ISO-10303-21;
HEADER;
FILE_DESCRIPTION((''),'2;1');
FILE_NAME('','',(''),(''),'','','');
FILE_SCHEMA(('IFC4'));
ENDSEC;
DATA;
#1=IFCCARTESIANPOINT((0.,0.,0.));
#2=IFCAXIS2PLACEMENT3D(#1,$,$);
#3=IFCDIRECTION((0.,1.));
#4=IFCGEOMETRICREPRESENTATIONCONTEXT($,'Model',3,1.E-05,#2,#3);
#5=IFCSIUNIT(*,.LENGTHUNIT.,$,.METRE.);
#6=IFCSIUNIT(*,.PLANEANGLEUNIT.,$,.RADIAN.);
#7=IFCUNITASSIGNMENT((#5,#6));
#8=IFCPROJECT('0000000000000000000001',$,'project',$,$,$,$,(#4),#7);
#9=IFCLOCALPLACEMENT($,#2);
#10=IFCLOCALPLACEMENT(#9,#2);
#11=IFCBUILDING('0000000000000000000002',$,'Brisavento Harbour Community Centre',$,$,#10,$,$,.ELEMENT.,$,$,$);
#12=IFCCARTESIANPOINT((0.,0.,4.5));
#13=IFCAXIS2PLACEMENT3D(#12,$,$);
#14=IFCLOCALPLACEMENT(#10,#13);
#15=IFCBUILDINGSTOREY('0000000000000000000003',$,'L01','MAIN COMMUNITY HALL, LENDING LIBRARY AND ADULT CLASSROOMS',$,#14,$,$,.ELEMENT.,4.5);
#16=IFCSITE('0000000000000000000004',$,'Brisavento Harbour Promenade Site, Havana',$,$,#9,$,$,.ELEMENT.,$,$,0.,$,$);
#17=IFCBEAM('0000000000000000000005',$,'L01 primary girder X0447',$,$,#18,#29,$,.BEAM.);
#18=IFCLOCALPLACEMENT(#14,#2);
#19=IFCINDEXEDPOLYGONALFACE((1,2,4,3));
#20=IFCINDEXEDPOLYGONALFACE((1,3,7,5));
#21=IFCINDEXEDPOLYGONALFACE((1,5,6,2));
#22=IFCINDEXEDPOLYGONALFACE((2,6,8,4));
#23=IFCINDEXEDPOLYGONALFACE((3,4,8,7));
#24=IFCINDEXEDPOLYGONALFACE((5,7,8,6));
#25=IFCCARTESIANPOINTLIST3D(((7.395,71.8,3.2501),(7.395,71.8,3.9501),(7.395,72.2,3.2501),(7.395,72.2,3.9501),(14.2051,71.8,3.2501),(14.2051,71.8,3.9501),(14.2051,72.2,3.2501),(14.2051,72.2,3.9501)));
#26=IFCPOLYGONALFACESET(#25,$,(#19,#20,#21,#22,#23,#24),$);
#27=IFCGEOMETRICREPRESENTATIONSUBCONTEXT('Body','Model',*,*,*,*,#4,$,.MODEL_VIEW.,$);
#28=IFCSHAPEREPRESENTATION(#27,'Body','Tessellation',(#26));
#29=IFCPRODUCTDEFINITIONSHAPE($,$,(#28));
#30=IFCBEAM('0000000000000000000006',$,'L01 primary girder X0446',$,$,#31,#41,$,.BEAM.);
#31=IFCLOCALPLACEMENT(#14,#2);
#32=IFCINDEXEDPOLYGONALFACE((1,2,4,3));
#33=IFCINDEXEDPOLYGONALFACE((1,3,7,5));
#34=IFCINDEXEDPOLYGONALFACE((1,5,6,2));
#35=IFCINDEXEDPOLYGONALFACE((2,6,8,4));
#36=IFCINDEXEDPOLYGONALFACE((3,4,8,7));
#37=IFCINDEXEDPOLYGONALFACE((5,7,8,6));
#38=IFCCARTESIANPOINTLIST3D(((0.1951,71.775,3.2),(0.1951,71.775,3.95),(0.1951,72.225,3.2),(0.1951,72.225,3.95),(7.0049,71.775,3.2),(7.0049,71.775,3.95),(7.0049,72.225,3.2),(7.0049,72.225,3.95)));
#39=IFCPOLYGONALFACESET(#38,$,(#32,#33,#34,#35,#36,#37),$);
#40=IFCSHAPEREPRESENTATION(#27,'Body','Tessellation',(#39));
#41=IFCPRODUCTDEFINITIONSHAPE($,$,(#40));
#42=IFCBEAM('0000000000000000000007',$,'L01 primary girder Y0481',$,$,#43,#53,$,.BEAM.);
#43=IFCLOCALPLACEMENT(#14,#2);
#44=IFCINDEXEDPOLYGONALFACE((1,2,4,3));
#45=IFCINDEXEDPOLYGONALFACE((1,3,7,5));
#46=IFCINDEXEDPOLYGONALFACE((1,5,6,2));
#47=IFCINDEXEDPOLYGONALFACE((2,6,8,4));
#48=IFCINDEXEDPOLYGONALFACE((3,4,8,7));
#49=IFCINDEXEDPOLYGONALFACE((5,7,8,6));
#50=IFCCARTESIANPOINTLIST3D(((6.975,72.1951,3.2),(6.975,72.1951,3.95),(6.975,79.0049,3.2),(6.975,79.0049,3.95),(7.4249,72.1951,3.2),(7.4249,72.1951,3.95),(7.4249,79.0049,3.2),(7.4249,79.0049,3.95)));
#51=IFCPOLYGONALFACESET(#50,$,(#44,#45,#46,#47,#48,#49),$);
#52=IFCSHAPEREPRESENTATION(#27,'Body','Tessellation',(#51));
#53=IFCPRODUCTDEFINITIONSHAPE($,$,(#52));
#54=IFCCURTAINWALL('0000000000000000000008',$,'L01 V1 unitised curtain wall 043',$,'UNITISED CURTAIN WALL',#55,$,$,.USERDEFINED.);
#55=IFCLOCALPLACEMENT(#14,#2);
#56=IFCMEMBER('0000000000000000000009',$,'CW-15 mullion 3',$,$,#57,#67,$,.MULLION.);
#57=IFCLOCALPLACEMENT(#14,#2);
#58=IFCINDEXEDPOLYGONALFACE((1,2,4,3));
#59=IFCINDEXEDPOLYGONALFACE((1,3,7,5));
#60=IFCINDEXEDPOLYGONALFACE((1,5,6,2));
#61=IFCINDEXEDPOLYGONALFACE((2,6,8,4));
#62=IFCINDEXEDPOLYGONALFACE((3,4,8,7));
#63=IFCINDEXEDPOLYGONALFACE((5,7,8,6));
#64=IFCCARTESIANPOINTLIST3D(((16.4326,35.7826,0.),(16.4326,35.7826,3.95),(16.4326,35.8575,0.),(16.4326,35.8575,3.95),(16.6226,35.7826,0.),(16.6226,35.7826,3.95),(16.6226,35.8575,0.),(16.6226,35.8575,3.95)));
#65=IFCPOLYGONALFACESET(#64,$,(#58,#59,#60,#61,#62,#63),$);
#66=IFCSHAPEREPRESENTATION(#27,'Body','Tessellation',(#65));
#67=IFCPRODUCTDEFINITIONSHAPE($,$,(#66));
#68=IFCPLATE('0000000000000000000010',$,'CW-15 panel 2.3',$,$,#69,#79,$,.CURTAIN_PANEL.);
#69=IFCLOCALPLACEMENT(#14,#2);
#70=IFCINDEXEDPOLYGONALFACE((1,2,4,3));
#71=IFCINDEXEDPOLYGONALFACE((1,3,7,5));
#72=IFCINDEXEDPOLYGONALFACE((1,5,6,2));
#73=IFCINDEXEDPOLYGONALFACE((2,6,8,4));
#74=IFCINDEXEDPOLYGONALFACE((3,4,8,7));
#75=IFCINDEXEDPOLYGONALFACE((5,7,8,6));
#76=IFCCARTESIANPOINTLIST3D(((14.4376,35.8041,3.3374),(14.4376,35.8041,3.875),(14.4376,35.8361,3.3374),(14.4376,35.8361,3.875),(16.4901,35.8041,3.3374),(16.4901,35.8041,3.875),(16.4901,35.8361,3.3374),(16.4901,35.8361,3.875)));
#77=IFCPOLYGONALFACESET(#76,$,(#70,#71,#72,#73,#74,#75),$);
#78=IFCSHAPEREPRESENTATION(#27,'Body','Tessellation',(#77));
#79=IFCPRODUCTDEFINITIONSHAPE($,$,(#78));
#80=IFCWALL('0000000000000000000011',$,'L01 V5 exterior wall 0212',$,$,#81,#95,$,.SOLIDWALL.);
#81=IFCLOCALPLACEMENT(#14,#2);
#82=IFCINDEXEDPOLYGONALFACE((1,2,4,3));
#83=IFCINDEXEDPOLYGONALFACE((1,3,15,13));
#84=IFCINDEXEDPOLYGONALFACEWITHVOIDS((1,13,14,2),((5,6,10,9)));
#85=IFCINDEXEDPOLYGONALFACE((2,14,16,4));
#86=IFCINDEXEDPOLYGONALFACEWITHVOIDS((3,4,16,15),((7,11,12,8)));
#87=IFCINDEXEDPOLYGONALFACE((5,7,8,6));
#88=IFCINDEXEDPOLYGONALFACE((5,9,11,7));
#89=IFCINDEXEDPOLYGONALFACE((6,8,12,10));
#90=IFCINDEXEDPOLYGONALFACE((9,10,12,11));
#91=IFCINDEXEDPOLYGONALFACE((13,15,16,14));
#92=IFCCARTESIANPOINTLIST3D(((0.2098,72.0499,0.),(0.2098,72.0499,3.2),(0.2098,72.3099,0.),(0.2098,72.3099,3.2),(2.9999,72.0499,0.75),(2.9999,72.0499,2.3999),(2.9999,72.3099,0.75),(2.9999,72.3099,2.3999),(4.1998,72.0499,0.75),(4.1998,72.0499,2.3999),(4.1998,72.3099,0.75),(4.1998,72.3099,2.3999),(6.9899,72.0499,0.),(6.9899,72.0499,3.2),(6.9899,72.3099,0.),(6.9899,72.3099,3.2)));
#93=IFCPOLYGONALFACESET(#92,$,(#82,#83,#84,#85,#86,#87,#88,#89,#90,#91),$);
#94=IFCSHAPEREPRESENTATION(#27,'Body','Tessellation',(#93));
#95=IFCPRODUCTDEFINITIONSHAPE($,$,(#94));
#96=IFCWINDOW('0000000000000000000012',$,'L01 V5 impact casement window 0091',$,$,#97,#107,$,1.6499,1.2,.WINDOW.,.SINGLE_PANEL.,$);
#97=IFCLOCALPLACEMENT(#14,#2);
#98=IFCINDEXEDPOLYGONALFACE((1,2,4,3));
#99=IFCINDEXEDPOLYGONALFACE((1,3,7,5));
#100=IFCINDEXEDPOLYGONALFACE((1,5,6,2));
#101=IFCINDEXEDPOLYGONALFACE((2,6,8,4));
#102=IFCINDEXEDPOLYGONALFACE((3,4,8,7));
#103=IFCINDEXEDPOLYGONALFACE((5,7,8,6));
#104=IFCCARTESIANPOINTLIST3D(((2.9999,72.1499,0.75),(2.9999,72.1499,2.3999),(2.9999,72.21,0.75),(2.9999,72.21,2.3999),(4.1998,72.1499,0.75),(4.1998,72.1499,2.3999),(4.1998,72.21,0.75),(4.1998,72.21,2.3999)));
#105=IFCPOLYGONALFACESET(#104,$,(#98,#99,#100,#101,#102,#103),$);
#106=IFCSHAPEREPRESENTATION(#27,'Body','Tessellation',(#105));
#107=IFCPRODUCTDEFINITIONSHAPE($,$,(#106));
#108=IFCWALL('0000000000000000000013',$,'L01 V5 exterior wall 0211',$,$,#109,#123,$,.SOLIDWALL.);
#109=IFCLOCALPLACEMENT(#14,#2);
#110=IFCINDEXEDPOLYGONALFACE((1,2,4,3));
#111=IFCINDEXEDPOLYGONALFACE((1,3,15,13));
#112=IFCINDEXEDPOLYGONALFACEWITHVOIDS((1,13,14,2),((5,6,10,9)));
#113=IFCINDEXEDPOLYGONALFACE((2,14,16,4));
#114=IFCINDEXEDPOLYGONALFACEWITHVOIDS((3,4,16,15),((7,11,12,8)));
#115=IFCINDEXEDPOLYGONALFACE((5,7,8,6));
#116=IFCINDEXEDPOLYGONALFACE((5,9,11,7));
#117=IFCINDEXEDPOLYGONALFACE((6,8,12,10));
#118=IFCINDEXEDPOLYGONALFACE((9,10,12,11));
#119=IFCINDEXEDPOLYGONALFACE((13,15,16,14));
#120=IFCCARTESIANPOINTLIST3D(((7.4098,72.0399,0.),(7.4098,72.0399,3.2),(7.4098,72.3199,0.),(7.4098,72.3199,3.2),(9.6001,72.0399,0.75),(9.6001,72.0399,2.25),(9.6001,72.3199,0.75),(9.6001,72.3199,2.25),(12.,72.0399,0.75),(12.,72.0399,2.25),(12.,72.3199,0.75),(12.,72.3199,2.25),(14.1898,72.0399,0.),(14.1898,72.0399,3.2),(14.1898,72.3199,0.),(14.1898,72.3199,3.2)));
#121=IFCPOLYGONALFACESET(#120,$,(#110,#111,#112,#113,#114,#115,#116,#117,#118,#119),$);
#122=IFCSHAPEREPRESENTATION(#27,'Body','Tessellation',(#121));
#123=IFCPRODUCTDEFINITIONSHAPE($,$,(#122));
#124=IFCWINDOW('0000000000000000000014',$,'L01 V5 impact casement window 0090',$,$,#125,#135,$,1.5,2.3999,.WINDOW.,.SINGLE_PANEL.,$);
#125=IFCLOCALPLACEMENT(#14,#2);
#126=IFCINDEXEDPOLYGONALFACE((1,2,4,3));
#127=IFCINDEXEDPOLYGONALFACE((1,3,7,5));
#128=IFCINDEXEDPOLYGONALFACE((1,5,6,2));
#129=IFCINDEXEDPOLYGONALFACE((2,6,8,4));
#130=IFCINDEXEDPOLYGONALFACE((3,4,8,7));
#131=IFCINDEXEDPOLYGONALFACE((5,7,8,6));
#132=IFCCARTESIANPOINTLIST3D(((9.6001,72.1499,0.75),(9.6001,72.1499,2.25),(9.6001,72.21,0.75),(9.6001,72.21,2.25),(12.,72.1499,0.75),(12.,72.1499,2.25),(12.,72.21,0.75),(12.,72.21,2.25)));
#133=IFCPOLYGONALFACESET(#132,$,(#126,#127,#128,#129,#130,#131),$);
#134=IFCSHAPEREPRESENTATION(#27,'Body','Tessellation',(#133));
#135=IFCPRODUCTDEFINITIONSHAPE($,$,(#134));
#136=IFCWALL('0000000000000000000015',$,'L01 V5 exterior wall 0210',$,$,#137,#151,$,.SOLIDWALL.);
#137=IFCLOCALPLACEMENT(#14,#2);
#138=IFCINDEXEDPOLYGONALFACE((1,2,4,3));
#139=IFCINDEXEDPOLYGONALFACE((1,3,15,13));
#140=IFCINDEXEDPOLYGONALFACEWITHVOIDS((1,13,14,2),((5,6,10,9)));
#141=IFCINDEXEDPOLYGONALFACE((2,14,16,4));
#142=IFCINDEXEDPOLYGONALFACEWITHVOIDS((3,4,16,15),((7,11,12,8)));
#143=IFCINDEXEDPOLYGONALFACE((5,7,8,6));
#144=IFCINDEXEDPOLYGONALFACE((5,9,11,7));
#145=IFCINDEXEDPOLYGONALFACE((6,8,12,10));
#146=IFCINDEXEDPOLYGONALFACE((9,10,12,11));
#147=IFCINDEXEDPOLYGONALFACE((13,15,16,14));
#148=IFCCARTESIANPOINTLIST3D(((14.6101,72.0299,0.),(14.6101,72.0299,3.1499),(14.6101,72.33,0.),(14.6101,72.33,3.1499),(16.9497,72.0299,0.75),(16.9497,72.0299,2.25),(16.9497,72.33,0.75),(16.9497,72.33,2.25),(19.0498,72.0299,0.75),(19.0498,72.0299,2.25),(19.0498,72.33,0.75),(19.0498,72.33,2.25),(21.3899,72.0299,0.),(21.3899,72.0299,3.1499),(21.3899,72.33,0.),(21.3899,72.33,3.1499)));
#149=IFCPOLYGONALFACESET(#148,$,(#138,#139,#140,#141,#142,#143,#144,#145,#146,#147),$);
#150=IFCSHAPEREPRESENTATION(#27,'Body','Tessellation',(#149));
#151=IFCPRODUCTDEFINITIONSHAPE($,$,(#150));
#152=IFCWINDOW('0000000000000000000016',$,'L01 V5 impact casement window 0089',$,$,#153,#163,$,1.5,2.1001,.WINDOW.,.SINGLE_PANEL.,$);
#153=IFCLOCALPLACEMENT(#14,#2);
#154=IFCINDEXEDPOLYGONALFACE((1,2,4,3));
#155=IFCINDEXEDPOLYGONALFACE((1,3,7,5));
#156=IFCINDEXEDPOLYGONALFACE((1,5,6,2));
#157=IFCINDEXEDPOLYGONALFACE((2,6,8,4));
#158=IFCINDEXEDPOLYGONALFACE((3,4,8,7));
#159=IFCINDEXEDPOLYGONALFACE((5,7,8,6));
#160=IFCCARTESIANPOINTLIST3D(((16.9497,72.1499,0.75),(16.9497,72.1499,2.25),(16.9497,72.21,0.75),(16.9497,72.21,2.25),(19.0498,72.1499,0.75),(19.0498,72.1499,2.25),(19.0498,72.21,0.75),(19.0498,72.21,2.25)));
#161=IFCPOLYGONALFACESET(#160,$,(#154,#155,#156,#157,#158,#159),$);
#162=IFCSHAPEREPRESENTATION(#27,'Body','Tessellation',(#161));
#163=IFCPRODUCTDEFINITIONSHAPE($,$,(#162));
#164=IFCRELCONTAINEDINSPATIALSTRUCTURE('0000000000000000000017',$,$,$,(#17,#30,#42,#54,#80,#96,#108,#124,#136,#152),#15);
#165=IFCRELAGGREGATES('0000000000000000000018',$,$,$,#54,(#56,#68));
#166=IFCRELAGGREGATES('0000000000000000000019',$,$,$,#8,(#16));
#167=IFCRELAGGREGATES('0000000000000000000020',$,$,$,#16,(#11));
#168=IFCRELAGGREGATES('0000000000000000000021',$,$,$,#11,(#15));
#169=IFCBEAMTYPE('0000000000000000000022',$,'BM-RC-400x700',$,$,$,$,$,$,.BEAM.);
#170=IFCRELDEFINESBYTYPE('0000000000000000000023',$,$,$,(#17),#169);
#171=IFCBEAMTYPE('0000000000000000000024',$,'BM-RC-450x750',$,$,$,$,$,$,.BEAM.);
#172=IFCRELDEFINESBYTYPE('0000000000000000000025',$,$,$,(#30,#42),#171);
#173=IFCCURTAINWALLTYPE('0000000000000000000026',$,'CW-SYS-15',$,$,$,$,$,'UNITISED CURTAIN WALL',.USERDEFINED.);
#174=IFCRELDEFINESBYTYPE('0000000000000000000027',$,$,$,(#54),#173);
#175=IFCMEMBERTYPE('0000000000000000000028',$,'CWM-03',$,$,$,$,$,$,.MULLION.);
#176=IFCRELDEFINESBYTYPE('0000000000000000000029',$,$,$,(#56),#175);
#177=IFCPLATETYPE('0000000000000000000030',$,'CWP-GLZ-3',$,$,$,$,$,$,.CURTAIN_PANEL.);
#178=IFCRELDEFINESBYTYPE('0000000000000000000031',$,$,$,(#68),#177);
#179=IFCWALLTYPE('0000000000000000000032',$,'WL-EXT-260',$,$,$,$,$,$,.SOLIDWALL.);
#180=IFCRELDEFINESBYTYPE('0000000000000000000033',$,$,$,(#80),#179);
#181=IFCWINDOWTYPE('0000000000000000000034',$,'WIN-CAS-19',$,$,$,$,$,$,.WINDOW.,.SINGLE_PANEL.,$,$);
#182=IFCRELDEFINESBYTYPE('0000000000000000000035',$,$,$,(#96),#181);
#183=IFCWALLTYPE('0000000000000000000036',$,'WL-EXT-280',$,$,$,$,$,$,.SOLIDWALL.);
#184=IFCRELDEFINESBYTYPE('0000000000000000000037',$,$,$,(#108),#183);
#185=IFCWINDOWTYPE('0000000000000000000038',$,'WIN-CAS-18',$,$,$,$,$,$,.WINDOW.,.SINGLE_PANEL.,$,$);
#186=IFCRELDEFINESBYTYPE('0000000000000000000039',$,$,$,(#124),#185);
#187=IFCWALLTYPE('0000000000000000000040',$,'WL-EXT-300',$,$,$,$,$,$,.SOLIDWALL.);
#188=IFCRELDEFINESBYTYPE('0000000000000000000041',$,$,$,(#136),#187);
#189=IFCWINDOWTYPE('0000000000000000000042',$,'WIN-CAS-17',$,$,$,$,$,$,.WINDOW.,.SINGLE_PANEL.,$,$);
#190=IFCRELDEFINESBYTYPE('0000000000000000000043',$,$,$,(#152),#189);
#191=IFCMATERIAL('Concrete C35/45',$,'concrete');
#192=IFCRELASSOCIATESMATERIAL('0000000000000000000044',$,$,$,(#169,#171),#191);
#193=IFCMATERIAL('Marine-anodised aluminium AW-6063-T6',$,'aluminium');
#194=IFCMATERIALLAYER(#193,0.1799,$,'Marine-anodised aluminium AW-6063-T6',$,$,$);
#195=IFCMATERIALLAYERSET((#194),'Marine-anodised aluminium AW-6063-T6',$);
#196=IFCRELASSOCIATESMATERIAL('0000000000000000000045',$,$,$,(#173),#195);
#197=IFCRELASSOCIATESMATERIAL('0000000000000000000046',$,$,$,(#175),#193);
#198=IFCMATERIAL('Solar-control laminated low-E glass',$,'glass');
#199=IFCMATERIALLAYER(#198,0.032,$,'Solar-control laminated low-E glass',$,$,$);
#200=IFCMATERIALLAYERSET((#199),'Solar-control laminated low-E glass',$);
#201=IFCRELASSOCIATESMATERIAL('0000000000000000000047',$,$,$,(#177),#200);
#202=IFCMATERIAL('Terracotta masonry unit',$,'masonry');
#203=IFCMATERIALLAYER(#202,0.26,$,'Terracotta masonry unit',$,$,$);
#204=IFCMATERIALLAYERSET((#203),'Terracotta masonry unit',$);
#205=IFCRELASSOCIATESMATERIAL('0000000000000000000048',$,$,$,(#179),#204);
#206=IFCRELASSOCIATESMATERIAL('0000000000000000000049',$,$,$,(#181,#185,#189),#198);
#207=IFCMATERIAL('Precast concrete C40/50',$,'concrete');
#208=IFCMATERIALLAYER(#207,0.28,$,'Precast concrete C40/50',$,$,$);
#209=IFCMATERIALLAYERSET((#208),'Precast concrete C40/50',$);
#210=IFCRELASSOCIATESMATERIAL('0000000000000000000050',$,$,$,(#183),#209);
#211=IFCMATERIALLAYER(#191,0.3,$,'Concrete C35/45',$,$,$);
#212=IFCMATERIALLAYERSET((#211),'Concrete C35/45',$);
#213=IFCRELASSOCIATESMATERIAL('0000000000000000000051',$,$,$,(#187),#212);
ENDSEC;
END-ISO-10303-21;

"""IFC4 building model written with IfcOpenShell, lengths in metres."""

from ifc_helpers import new_model, si_unit, direction, frame, frame_2d, origin, origin_2d, place, context, subcontext, project, spatial, rectangle, extrude, material, layer, layer_set, material_profile, profile_set, type_object, element, fill, aggregate, save


model = new_model("IFC4")

# Units and contexts
model_context = context("Model", 3, precision=1e-05, world=origin(), true_north=direction((0.0, 1.0)))
body_context = subcontext(model_context, "Body", "Model", "MODEL_VIEW")
ifc_project = project(units=[si_unit("LENGTHUNIT", "METRE"), si_unit("PLANEANGLEUNIT", "RADIAN")], contexts=[model_context])

# Site, building, storey
site_placement = place(None, origin())
site = spatial("IfcSite", under=ifc_project, at=site_placement, Name="Brisavento Harbour Promenade Site, Havana", CompositionType="ELEMENT", RefElevation=0.0)
building_placement = place(site_placement, origin())
building = spatial("IfcBuilding", under=site, at=building_placement, Name="Brisavento Harbour Community Centre", CompositionType="ELEMENT")
storey_placement = place(building_placement, frame((0.0, 0.0, 4.5)))
storey = spatial("IfcBuildingStorey", under=building, at=storey_placement, Name="L01", Description="MAIN COMMUNITY HALL, LENDING LIBRARY AND ADULT CLASSROOMS", CompositionType="ELEMENT", Elevation=4.5)

# Shared definitions
ifc_material_1 = material(Name="Concrete C35/45", Category="concrete")

# Beams
ifc_material_profile_1 = material_profile(ifc_material_1, rectangle(XDim=0.3999, YDim=0.7, at=origin_2d()), Name="Concrete C35/45")
ifc_profile_set_1 = profile_set([ifc_material_profile_1], Name="Concrete C35/45")
beam_type_1 = type_object("IfcBeamType", Name="BM-RC-400x700", PredefinedType="BEAM", material=ifc_profile_set_1)
beam_1_placement = place(storey_placement, frame((7.395, 72.0, 3.6001), z_axis=(1.0, 0.0, 0.0), x_axis=(0.0, 1.0, 0.0)))
element("IfcBeam", 1, at=beam_1_placement, inside=storey, type_object=beam_type_1, Name="L01 primary girder X0447", PredefinedType="BEAM", context=body_context, shape_type="SweptSolid", body=[
    extrude(rectangle(XDim=0.3999, YDim=0.7, at=origin_2d()), origin(), (0.0, 0.0, 1.0), 6.8101),
])
ifc_material_profile_2 = material_profile(ifc_material_1, rectangle(XDim=0.45, YDim=0.75, at=origin_2d()), Name="Concrete C35/45")
ifc_profile_set_2 = profile_set([ifc_material_profile_2], Name="Concrete C35/45")
beam_type_2 = type_object("IfcBeamType", Name="BM-RC-450x750", PredefinedType="BEAM", material=ifc_profile_set_2)
for number, where, z_axis, x_axis, name in (
    (2, (0.1951, 72.0, 3.575), (1.0, 0.0, 0.0), (0.0, 1.0, 0.0), "L01 primary girder X0446"),
    (3, (7.2, 72.1951, 3.575), (0.0, 1.0, 0.0), (-1.0, 0.0, 0.0), "L01 primary girder Y0481"),
):
    element("IfcBeam", number, at=place(storey_placement, frame(where, z_axis=z_axis, x_axis=x_axis)), inside=storey, type_object=beam_type_2, Name=name, PredefinedType="BEAM", context=body_context, shape_type="SweptSolid", body=[
        extrude(rectangle(XDim=0.45, YDim=0.75, at=origin_2d()), origin(), (0.0, 0.0, 1.0), 6.8098),
    ])

# Curtain wall, member, plate
ifc_material_2 = material(Name="Marine-anodised aluminium AW-6063-T6", Category="aluminium")
ifc_layer_1 = layer(ifc_material_2, 0.1799, Name="Marine-anodised aluminium AW-6063-T6")
ifc_layer_set_1 = layer_set([ifc_layer_1], Name="Marine-anodised aluminium AW-6063-T6")
curtain_wall_type = type_object("IfcCurtainWallType", Name="CW-SYS-15", ElementType="UNITISED CURTAIN WALL", PredefinedType="USERDEFINED", material=ifc_layer_set_1)
curtain_wall_placement = place(storey_placement, origin())
curtain_wall = element("IfcCurtainWall", 4, at=curtain_wall_placement, inside=storey, type_object=curtain_wall_type, Name="L01 V1 unitised curtain wall 043", ObjectType="UNITISED CURTAIN WALL", PredefinedType="USERDEFINED")
ifc_material_profile_3 = material_profile(ifc_material_2, rectangle(XDim=0.075, YDim=0.1899, at=origin_2d()), Name="Marine-anodised aluminium AW-6063-T6")
ifc_profile_set_3 = profile_set([ifc_material_profile_3], Name="Marine-anodised aluminium AW-6063-T6")
member_type = type_object("IfcMemberType", Name="CWM-03", PredefinedType="MULLION", material=ifc_profile_set_3)
member_placement = place(storey_placement, frame((16.5276, 35.8201, 0.0), z_axis=(0.0, 0.0, 1.0), x_axis=(0.0, 1.0, 0.0)))
member = element("IfcMember", 5, at=member_placement, type_object=member_type, Name="CW-15 mullion 3", PredefinedType="MULLION", context=body_context, shape_type="SweptSolid", body=[
    extrude(rectangle(XDim=0.075, YDim=0.1899, at=origin_2d()), origin(), (0.0, 0.0, 1.0), 3.95),
])
ifc_material_3 = material(Name="Solar-control laminated low-E glass", Category="glass")
ifc_layer_2 = layer(ifc_material_3, 0.032, Name="Solar-control laminated low-E glass")
ifc_layer_set_2 = layer_set([ifc_layer_2], Name="Solar-control laminated low-E glass")
plate_type = type_object("IfcPlateType", Name="CWP-GLZ-3", PredefinedType="CURTAIN_PANEL", material=ifc_layer_set_2)
plate_placement = place(storey_placement, frame((15.4639, 35.8201, 3.3374), z_axis=(0.0, 0.0, 1.0), x_axis=(1.0, 0.0, 0.0)))
plate = element("IfcPlate", 6, at=plate_placement, type_object=plate_type, Name="CW-15 panel 2.3", PredefinedType="CURTAIN_PANEL", context=body_context, shape_type="SweptSolid", body=[
    extrude(rectangle(XDim=2.0525, YDim=0.032, at=origin_2d()), origin(), (0.0, 0.0, 1.0), 0.5376),
])
aggregate(curtain_wall, [member, plate])

# Walls, openings, windows
ifc_material_4 = material(Name="Terracotta masonry unit", Category="masonry")
ifc_layer_3 = layer(ifc_material_4, 0.26, Name="Terracotta masonry unit")
ifc_layer_set_3 = layer_set([ifc_layer_3], Name="Terracotta masonry unit")
wall_type_1 = type_object("IfcWallType", Name="WL-EXT-260", PredefinedType="SOLIDWALL", material=ifc_layer_set_3)
wall_1_placement = place(storey_placement, frame((6.99, 72.1799, 0.0), z_axis=(0.0, 0.0, 1.0), x_axis=(-1.0, 0.0, 0.0)))
wall_1 = element("IfcWall", 7, at=wall_1_placement, inside=storey, type_object=wall_type_1, Name="L01 V5 exterior wall 0212", PredefinedType="SOLIDWALL", context=body_context, shape_type="SweptSolid", body=[
    extrude(rectangle(XDim=6.78, YDim=0.26, at=frame_2d((3.3901, 0.0))), origin(), (0.0, 0.0, 1.0), 3.2),
])
opening_1_placement = place(wall_1_placement, frame((2.79, 0.0, 0.75)))
opening_1 = element("IfcOpeningElement", 8, at=opening_1_placement, cuts=wall_1, PredefinedType="OPENING", context=body_context, shape_type="SweptSolid", body=[
    extrude(rectangle(XDim=1.2, YDim=1.6499, at=frame_2d((0.6001, 0.825))), frame((0.0, 0.1401, 0.0), z_axis=(0.0, -1.0, 0.0), x_axis=(1.0, 0.0, 0.0)), (0.0, 0.0, 1.0), 0.28),
])
window_type_1 = type_object("IfcWindowType", Name="WIN-CAS-19", PartitioningType="SINGLE_PANEL", PredefinedType="WINDOW", material=ifc_material_3)
window_1_placement = place(opening_1_placement, origin())
window_1 = element("IfcWindow", 9, at=window_1_placement, inside=storey, type_object=window_type_1, Name="L01 V5 impact casement window 0091", OverallHeight=1.6499, OverallWidth=1.2, PartitioningType="SINGLE_PANEL", PredefinedType="WINDOW", context=body_context, shape_type="SweptSolid", body=[
    extrude(rectangle(XDim=1.2, YDim=1.6499, at=frame_2d((0.6001, 0.825))), frame((0.0, 0.03, 0.0), z_axis=(0.0, -1.0, 0.0), x_axis=(1.0, 0.0, 0.0)), (0.0, 0.0, 1.0), 0.0601),
])
fill(opening_1, window_1)
ifc_material_5 = material(Name="Precast concrete C40/50", Category="concrete")
ifc_layer_4 = layer(ifc_material_5, 0.28, Name="Precast concrete C40/50")
ifc_layer_set_4 = layer_set([ifc_layer_4], Name="Precast concrete C40/50")
wall_type_2 = type_object("IfcWallType", Name="WL-EXT-280", PredefinedType="SOLIDWALL", material=ifc_layer_set_4)
wall_2_placement = place(storey_placement, frame((14.1899, 72.1799, 0.0), z_axis=(0.0, 0.0, 1.0), x_axis=(-1.0, 0.0, 0.0)))
wall_2 = element("IfcWall", 10, at=wall_2_placement, inside=storey, type_object=wall_type_2, Name="L01 V5 exterior wall 0211", PredefinedType="SOLIDWALL", context=body_context, shape_type="SweptSolid", body=[
    extrude(rectangle(XDim=6.78, YDim=0.28, at=frame_2d((3.3901, 0.0))), origin(), (0.0, 0.0, 1.0), 3.2),
])
opening_2_placement = place(wall_2_placement, frame((2.1899, 0.0, 0.75)))
opening_2 = element("IfcOpeningElement", 11, at=opening_2_placement, cuts=wall_2, PredefinedType="OPENING", context=body_context, shape_type="SweptSolid", body=[
    extrude(rectangle(XDim=2.3999, YDim=1.5, at=frame_2d((1.2, 0.75))), frame((0.0, 0.1499, 0.0), z_axis=(0.0, -1.0, 0.0), x_axis=(1.0, 0.0, 0.0)), (0.0, 0.0, 1.0), 0.3),
])
window_type_2 = type_object("IfcWindowType", Name="WIN-CAS-18", PartitioningType="SINGLE_PANEL", PredefinedType="WINDOW", material=ifc_material_3)
window_2_placement = place(opening_2_placement, origin())
window_2 = element("IfcWindow", 12, at=window_2_placement, inside=storey, type_object=window_type_2, Name="L01 V5 impact casement window 0090", OverallHeight=1.5, OverallWidth=2.3999, PartitioningType="SINGLE_PANEL", PredefinedType="WINDOW", context=body_context, shape_type="SweptSolid", body=[
    extrude(rectangle(XDim=2.3999, YDim=1.5, at=frame_2d((1.2, 0.75))), frame((0.0, 0.03, 0.0), z_axis=(0.0, -1.0, 0.0), x_axis=(1.0, 0.0, 0.0)), (0.0, 0.0, 1.0), 0.0601),
])
fill(opening_2, window_2)
ifc_layer_5 = layer(ifc_material_1, 0.3, Name="Concrete C35/45")
ifc_layer_set_5 = layer_set([ifc_layer_5], Name="Concrete C35/45")
wall_type_3 = type_object("IfcWallType", Name="WL-EXT-300", PredefinedType="SOLIDWALL", material=ifc_layer_set_5)
wall_3_placement = place(storey_placement, frame((21.3899, 72.1799, 0.0), z_axis=(0.0, 0.0, 1.0), x_axis=(-1.0, 0.0, 0.0)))
wall_3 = element("IfcWall", 13, at=wall_3_placement, inside=storey, type_object=wall_type_3, Name="L01 V5 exterior wall 0210", PredefinedType="SOLIDWALL", context=body_context, shape_type="SweptSolid", body=[
    extrude(rectangle(XDim=6.7798, YDim=0.3, at=frame_2d((3.3899, 0.0))), origin(), (0.0, 0.0, 1.0), 3.1499),
])
opening_3_placement = place(wall_3_placement, frame((2.3401, 0.0, 0.75)))
opening_3 = element("IfcOpeningElement", 14, at=opening_3_placement, cuts=wall_3, PredefinedType="OPENING", context=body_context, shape_type="SweptSolid", body=[
    extrude(rectangle(XDim=2.1001, YDim=1.5, at=frame_2d((1.05, 0.75))), frame((0.0, 0.1602, 0.0), z_axis=(0.0, -1.0, 0.0), x_axis=(1.0, 0.0, 0.0)), (0.0, 0.0, 1.0), 0.3201),
])
window_type_3 = type_object("IfcWindowType", Name="WIN-CAS-17", PartitioningType="SINGLE_PANEL", PredefinedType="WINDOW", material=ifc_material_3)
window_3_placement = place(opening_3_placement, origin())
window_3 = element("IfcWindow", 15, at=window_3_placement, inside=storey, type_object=window_type_3, Name="L01 V5 impact casement window 0089", OverallHeight=1.5, OverallWidth=2.1001, PartitioningType="SINGLE_PANEL", PredefinedType="WINDOW", context=body_context, shape_type="SweptSolid", body=[
    extrude(rectangle(XDim=2.1001, YDim=1.5, at=frame_2d((1.05, 0.75))), frame((0.0, 0.03, 0.0), z_axis=(0.0, -1.0, 0.0), x_axis=(1.0, 0.0, 0.0)), (0.0, 0.0, 1.0), 0.0601),
])
fill(opening_3, window_3)

save(model, "model.ifc")
